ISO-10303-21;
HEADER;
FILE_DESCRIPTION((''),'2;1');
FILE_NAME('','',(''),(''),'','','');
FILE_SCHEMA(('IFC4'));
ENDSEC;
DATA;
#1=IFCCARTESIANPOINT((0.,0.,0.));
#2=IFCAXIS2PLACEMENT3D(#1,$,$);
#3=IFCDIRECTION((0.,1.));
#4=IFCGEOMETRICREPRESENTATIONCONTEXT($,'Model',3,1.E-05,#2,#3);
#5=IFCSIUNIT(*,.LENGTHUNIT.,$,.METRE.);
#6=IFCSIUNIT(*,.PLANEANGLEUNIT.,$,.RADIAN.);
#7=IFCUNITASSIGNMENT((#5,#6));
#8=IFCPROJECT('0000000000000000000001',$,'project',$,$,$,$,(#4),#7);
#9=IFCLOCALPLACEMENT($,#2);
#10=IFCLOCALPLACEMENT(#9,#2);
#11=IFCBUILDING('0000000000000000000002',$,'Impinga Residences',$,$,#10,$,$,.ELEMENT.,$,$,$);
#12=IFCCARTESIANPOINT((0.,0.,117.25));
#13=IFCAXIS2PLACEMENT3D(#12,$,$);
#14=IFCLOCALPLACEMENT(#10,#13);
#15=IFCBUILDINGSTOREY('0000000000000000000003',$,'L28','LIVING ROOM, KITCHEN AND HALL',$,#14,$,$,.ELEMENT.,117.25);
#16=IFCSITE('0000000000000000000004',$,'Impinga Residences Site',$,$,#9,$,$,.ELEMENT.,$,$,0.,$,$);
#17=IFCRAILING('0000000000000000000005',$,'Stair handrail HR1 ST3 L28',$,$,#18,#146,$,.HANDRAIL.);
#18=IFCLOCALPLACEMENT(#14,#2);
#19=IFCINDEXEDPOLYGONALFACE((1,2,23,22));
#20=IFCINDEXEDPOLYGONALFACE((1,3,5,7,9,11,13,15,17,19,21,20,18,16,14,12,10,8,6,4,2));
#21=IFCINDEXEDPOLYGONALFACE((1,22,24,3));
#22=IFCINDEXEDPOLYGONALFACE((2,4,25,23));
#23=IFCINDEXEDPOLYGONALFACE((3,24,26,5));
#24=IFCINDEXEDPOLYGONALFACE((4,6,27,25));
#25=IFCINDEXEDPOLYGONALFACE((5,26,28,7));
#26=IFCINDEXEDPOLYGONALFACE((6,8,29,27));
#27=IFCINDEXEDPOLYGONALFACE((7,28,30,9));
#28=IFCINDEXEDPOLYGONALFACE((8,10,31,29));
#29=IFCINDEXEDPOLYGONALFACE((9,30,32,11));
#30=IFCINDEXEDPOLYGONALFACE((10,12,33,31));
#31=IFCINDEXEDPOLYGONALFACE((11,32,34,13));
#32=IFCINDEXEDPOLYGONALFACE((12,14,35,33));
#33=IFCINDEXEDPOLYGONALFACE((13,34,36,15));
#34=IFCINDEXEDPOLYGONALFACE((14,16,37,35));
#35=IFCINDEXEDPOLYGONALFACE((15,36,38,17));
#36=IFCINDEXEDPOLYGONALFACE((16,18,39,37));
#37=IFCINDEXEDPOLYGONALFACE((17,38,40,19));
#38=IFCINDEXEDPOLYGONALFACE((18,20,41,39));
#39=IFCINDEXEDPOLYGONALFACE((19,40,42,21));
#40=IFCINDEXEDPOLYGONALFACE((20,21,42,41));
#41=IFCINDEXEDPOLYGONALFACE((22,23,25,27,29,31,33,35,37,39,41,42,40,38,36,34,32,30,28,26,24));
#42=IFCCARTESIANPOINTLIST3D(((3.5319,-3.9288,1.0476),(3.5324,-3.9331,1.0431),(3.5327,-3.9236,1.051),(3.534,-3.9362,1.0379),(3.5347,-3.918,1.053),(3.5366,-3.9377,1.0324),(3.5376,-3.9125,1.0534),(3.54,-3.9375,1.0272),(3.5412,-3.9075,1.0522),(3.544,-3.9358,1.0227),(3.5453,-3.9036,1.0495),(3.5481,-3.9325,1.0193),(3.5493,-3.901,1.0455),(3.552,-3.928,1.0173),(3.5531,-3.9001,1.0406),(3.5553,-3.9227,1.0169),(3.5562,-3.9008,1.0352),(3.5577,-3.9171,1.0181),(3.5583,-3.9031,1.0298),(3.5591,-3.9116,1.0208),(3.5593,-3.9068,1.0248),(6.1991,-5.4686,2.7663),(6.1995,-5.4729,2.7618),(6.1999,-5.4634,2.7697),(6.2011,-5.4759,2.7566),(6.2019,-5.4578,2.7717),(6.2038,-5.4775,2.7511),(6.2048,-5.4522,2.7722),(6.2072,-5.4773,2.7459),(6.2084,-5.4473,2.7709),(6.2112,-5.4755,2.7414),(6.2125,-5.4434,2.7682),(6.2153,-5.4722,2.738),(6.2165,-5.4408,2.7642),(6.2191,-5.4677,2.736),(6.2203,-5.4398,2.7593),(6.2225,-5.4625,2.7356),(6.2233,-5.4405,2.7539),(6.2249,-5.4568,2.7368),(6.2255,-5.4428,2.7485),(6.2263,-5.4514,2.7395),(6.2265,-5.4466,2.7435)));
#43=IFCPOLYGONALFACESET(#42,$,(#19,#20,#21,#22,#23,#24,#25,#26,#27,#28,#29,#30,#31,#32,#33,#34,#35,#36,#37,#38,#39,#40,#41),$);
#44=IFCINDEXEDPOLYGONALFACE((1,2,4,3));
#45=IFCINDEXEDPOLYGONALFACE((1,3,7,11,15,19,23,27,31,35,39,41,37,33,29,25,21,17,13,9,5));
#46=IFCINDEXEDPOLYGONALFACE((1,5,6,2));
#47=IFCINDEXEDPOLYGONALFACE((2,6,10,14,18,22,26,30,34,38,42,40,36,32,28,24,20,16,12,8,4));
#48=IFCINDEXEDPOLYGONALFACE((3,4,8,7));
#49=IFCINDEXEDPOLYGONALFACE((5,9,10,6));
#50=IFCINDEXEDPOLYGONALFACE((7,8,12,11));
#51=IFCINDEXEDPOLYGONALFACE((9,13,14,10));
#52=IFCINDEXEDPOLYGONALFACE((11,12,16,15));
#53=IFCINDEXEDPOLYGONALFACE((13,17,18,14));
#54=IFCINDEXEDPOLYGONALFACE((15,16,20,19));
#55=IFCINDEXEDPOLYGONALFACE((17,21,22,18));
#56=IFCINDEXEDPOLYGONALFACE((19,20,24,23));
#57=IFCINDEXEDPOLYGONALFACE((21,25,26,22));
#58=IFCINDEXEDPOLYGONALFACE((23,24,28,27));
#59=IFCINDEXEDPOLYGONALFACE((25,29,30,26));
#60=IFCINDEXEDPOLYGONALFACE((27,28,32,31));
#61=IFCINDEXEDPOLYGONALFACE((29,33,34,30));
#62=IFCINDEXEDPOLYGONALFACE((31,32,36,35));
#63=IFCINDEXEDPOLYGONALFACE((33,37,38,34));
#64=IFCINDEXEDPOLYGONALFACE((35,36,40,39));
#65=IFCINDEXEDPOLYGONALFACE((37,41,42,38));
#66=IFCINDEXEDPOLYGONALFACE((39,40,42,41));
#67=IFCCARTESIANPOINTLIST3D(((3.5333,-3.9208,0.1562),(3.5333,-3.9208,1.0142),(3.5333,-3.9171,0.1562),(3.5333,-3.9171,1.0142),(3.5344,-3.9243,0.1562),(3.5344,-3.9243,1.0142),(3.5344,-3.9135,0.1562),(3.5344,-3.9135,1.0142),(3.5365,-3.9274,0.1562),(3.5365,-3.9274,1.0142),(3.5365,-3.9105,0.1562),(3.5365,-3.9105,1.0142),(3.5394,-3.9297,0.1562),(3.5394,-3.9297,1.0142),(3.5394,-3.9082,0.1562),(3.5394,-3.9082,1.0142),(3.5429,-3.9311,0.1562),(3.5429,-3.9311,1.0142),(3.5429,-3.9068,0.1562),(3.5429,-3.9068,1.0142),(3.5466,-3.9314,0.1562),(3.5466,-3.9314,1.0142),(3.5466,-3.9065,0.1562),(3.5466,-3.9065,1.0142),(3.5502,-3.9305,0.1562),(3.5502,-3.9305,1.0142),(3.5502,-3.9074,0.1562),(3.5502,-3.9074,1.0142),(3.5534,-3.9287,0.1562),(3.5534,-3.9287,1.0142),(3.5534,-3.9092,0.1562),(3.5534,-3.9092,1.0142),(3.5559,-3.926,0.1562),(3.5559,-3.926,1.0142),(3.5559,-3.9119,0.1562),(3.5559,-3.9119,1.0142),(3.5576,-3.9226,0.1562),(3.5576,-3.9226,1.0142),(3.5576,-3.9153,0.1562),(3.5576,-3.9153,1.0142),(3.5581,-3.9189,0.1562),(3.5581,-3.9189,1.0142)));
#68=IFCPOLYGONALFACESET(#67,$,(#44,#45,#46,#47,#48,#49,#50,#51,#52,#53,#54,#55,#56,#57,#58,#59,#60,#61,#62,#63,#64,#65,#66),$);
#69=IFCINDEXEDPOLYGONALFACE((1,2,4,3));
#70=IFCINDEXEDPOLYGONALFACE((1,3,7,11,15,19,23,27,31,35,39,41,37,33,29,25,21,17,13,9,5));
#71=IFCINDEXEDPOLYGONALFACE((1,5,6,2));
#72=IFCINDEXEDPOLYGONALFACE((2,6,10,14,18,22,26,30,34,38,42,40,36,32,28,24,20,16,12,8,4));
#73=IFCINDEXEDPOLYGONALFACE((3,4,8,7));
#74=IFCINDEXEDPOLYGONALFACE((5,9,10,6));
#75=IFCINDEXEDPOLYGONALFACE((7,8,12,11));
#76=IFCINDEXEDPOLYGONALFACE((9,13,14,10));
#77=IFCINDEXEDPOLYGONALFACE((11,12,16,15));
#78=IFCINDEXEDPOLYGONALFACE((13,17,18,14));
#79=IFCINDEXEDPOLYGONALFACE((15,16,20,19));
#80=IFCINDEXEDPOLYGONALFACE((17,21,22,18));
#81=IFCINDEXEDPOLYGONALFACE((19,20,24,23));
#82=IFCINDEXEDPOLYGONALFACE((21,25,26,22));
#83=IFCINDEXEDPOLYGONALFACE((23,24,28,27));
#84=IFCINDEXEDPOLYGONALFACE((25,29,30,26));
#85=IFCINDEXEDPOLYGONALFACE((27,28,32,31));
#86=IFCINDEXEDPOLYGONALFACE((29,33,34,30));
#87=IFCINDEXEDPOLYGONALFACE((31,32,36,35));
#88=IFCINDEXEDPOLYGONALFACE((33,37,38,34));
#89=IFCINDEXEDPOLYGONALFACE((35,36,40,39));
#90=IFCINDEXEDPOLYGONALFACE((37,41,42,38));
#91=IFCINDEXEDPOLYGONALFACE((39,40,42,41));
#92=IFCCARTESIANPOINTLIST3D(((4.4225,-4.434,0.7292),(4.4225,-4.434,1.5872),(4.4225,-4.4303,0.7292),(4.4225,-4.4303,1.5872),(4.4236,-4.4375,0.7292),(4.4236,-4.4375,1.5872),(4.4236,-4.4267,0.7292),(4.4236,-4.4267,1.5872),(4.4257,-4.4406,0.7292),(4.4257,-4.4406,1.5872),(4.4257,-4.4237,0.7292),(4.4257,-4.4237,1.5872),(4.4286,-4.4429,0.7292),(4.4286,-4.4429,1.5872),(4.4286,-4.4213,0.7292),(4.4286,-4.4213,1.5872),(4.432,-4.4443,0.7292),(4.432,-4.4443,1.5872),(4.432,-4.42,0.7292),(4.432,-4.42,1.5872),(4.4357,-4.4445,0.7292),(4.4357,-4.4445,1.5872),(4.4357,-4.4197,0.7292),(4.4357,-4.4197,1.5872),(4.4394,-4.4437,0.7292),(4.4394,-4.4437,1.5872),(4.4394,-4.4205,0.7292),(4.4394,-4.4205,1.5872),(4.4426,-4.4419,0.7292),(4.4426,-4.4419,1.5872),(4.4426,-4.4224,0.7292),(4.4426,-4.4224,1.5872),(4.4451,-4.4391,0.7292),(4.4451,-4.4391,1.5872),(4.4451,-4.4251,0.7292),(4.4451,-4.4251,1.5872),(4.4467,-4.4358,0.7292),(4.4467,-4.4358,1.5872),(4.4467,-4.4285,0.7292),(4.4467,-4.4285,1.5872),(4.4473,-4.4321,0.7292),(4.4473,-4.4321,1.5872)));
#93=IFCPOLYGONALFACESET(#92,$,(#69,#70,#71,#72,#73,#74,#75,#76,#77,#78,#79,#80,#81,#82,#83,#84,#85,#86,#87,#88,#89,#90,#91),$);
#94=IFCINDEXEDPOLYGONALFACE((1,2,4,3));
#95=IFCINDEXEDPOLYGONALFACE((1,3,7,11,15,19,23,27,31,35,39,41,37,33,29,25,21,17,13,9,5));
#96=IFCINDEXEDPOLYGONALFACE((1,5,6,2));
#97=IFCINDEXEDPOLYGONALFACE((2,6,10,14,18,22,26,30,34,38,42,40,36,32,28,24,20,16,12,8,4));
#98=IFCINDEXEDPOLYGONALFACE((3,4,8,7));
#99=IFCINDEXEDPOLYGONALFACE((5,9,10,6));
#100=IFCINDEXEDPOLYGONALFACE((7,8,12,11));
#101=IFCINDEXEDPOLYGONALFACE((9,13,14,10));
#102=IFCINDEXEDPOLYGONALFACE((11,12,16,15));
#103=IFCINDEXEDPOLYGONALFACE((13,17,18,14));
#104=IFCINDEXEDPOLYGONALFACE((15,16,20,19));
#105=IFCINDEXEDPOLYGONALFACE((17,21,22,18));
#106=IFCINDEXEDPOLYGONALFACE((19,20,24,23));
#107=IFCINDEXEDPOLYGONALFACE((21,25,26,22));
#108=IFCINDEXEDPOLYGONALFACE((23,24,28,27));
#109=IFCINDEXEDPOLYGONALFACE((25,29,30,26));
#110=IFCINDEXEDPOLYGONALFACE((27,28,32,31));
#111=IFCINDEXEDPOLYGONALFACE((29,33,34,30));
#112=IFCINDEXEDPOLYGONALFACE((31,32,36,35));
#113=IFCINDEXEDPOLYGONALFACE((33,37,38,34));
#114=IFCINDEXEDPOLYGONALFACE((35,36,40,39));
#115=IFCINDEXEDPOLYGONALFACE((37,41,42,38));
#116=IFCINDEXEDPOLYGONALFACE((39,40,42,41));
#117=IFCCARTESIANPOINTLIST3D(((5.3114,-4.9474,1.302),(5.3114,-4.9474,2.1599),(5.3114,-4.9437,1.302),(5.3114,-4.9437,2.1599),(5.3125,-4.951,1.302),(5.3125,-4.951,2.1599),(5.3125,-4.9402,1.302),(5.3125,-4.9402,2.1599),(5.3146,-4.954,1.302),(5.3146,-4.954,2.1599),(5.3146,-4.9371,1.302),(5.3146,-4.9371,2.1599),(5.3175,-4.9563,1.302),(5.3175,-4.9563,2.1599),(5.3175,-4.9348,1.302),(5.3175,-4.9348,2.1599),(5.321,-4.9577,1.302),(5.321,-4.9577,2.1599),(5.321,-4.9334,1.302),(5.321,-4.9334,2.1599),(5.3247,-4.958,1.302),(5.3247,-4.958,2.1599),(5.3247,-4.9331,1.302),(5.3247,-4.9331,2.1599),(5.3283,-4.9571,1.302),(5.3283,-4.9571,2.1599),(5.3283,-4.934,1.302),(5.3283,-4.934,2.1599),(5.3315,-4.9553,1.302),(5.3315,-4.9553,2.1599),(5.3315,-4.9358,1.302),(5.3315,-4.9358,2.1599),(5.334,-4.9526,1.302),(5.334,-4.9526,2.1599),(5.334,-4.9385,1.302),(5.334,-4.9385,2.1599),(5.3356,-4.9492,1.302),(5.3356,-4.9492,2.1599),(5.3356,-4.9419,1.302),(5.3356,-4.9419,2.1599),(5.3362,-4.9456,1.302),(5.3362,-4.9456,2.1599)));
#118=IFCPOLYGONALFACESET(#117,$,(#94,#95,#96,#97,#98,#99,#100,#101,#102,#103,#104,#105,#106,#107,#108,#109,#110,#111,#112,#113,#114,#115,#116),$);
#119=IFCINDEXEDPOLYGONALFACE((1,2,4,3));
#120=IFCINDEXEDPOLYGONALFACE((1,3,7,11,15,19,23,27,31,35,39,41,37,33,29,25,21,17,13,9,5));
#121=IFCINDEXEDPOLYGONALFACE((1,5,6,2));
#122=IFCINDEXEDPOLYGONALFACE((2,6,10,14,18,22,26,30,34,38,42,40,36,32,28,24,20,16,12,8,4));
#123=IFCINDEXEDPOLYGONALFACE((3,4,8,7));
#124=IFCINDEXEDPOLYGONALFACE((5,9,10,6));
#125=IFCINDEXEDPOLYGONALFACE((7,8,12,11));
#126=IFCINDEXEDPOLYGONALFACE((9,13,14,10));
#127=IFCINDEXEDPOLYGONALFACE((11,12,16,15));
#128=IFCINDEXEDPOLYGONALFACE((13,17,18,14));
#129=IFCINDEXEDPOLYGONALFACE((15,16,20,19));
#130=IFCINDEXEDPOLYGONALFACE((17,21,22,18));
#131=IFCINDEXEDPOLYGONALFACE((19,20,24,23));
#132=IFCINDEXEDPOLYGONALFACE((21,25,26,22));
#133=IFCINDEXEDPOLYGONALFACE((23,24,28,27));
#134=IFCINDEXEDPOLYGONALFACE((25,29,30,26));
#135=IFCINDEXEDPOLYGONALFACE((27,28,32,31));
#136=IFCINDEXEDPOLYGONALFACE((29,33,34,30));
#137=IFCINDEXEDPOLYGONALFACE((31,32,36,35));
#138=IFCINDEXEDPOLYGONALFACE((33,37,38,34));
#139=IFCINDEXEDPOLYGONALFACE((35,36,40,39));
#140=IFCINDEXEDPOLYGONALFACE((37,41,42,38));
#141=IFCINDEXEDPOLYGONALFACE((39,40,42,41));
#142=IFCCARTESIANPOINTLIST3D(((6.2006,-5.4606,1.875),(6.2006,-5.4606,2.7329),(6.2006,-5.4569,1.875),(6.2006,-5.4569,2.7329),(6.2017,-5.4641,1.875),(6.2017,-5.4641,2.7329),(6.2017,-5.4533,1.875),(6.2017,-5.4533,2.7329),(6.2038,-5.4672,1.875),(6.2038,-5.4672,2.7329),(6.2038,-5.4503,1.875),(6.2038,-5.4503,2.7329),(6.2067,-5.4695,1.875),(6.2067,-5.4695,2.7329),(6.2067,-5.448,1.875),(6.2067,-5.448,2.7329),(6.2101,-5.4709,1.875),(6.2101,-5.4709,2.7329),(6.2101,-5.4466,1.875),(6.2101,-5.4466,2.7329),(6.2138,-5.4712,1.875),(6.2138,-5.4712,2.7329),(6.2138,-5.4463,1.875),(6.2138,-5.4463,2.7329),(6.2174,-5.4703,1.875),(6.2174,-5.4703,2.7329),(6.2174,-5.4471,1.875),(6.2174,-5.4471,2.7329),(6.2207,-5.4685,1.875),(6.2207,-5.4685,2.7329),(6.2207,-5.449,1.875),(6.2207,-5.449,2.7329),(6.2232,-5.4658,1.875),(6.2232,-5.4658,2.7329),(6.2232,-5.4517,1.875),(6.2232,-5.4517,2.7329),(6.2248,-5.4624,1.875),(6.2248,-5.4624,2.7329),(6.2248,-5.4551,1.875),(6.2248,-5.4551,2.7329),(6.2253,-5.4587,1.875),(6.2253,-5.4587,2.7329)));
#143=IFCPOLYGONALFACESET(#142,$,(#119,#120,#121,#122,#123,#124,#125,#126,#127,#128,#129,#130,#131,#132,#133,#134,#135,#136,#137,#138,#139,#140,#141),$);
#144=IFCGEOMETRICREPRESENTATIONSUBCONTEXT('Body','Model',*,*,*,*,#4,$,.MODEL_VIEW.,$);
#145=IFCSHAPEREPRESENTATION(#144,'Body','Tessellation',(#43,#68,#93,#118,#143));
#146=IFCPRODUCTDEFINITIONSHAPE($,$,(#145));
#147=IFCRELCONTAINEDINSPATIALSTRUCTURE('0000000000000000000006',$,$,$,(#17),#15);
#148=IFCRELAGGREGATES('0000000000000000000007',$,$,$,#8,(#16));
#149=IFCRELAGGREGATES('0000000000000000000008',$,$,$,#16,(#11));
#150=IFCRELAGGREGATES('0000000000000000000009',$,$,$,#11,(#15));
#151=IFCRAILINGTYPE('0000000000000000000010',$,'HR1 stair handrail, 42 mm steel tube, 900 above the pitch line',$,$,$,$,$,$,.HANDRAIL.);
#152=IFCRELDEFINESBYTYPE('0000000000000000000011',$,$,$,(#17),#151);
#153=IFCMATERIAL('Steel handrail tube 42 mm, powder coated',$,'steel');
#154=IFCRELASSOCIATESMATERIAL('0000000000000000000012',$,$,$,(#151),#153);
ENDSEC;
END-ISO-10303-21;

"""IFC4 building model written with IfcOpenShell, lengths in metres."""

from ifc_helpers import new_model, si_unit, direction, frame, origin, origin_2d, place, context, subcontext, project, spatial, circle, extrude, material, type_object, element, save


model = new_model("IFC4")

# Units and contexts
model_context = context("Model", 3, precision=1e-05, world=origin(), true_north=direction((0.0, 1.0)))
body_context = subcontext(model_context, "Body", "Model", "MODEL_VIEW")
ifc_project = project(units=[si_unit("LENGTHUNIT", "METRE"), si_unit("PLANEANGLEUNIT", "RADIAN")], contexts=[model_context])

# Site, building, storey
site_placement = place(None, origin())
site = spatial("IfcSite", under=ifc_project, at=site_placement, Name="Impinga Residences Site", CompositionType="ELEMENT", RefElevation=0.0)
building_placement = place(site_placement, origin())
building = spatial("IfcBuilding", under=site, at=building_placement, Name="Impinga Residences", CompositionType="ELEMENT")
storey_placement = place(building_placement, frame((0.0, 0.0, 117.25)))
storey = spatial("IfcBuildingStorey", under=building, at=storey_placement, Name="L28", Description="LIVING ROOM, KITCHEN AND HALL", CompositionType="ELEMENT", Elevation=117.25)

# Railing
ifc_material_1 = material(Name="Steel handrail tube 42 mm, powder coated", Category="steel")
railing_type_1 = type_object("IfcRailingType", Name="HR1 stair handrail, 42 mm steel tube, 900 above the pitch line", PredefinedType="HANDRAIL", material=ifc_material_1)
railing_1_placement = place(storey_placement, frame((3.5457, -3.9189, 0.1562)))
element("IfcRailing", 1, at=railing_1_placement, inside=storey, type_object=railing_type_1, Name="Stair handrail HR1 ST3 L28", PredefinedType="HANDRAIL", context=body_context, shape_type="SweptSolid", body=[
    extrude(circle(Radius=0.021, at=origin_2d()), frame((0.0, 0.0, 0.8789), z_axis=(0.756249, -0.436582, 0.487322), x_axis=(0.499967, 0.866044, 0.0)), (0.0, 0.0, 1.0), 3.5269),
    extrude(circle(Radius=0.0125, at=origin_2d()), origin(), (0.0, 0.0, 1.0), 0.8579),
    extrude(circle(Radius=0.0125, at=origin_2d()), frame((0.8892, -0.5132, 0.573)), (0.0, 0.0, 1.0), 0.8579),
    extrude(circle(Radius=0.0125, at=origin_2d()), frame((1.7781, -1.0266, 1.1458)), (0.0, 0.0, 1.0), 0.8579),
    extrude(circle(Radius=0.0125, at=origin_2d()), frame((2.6672, -1.5398, 1.7188)), (0.0, 0.0, 1.0), 0.8579),
])

save(model, "model.ifc")
